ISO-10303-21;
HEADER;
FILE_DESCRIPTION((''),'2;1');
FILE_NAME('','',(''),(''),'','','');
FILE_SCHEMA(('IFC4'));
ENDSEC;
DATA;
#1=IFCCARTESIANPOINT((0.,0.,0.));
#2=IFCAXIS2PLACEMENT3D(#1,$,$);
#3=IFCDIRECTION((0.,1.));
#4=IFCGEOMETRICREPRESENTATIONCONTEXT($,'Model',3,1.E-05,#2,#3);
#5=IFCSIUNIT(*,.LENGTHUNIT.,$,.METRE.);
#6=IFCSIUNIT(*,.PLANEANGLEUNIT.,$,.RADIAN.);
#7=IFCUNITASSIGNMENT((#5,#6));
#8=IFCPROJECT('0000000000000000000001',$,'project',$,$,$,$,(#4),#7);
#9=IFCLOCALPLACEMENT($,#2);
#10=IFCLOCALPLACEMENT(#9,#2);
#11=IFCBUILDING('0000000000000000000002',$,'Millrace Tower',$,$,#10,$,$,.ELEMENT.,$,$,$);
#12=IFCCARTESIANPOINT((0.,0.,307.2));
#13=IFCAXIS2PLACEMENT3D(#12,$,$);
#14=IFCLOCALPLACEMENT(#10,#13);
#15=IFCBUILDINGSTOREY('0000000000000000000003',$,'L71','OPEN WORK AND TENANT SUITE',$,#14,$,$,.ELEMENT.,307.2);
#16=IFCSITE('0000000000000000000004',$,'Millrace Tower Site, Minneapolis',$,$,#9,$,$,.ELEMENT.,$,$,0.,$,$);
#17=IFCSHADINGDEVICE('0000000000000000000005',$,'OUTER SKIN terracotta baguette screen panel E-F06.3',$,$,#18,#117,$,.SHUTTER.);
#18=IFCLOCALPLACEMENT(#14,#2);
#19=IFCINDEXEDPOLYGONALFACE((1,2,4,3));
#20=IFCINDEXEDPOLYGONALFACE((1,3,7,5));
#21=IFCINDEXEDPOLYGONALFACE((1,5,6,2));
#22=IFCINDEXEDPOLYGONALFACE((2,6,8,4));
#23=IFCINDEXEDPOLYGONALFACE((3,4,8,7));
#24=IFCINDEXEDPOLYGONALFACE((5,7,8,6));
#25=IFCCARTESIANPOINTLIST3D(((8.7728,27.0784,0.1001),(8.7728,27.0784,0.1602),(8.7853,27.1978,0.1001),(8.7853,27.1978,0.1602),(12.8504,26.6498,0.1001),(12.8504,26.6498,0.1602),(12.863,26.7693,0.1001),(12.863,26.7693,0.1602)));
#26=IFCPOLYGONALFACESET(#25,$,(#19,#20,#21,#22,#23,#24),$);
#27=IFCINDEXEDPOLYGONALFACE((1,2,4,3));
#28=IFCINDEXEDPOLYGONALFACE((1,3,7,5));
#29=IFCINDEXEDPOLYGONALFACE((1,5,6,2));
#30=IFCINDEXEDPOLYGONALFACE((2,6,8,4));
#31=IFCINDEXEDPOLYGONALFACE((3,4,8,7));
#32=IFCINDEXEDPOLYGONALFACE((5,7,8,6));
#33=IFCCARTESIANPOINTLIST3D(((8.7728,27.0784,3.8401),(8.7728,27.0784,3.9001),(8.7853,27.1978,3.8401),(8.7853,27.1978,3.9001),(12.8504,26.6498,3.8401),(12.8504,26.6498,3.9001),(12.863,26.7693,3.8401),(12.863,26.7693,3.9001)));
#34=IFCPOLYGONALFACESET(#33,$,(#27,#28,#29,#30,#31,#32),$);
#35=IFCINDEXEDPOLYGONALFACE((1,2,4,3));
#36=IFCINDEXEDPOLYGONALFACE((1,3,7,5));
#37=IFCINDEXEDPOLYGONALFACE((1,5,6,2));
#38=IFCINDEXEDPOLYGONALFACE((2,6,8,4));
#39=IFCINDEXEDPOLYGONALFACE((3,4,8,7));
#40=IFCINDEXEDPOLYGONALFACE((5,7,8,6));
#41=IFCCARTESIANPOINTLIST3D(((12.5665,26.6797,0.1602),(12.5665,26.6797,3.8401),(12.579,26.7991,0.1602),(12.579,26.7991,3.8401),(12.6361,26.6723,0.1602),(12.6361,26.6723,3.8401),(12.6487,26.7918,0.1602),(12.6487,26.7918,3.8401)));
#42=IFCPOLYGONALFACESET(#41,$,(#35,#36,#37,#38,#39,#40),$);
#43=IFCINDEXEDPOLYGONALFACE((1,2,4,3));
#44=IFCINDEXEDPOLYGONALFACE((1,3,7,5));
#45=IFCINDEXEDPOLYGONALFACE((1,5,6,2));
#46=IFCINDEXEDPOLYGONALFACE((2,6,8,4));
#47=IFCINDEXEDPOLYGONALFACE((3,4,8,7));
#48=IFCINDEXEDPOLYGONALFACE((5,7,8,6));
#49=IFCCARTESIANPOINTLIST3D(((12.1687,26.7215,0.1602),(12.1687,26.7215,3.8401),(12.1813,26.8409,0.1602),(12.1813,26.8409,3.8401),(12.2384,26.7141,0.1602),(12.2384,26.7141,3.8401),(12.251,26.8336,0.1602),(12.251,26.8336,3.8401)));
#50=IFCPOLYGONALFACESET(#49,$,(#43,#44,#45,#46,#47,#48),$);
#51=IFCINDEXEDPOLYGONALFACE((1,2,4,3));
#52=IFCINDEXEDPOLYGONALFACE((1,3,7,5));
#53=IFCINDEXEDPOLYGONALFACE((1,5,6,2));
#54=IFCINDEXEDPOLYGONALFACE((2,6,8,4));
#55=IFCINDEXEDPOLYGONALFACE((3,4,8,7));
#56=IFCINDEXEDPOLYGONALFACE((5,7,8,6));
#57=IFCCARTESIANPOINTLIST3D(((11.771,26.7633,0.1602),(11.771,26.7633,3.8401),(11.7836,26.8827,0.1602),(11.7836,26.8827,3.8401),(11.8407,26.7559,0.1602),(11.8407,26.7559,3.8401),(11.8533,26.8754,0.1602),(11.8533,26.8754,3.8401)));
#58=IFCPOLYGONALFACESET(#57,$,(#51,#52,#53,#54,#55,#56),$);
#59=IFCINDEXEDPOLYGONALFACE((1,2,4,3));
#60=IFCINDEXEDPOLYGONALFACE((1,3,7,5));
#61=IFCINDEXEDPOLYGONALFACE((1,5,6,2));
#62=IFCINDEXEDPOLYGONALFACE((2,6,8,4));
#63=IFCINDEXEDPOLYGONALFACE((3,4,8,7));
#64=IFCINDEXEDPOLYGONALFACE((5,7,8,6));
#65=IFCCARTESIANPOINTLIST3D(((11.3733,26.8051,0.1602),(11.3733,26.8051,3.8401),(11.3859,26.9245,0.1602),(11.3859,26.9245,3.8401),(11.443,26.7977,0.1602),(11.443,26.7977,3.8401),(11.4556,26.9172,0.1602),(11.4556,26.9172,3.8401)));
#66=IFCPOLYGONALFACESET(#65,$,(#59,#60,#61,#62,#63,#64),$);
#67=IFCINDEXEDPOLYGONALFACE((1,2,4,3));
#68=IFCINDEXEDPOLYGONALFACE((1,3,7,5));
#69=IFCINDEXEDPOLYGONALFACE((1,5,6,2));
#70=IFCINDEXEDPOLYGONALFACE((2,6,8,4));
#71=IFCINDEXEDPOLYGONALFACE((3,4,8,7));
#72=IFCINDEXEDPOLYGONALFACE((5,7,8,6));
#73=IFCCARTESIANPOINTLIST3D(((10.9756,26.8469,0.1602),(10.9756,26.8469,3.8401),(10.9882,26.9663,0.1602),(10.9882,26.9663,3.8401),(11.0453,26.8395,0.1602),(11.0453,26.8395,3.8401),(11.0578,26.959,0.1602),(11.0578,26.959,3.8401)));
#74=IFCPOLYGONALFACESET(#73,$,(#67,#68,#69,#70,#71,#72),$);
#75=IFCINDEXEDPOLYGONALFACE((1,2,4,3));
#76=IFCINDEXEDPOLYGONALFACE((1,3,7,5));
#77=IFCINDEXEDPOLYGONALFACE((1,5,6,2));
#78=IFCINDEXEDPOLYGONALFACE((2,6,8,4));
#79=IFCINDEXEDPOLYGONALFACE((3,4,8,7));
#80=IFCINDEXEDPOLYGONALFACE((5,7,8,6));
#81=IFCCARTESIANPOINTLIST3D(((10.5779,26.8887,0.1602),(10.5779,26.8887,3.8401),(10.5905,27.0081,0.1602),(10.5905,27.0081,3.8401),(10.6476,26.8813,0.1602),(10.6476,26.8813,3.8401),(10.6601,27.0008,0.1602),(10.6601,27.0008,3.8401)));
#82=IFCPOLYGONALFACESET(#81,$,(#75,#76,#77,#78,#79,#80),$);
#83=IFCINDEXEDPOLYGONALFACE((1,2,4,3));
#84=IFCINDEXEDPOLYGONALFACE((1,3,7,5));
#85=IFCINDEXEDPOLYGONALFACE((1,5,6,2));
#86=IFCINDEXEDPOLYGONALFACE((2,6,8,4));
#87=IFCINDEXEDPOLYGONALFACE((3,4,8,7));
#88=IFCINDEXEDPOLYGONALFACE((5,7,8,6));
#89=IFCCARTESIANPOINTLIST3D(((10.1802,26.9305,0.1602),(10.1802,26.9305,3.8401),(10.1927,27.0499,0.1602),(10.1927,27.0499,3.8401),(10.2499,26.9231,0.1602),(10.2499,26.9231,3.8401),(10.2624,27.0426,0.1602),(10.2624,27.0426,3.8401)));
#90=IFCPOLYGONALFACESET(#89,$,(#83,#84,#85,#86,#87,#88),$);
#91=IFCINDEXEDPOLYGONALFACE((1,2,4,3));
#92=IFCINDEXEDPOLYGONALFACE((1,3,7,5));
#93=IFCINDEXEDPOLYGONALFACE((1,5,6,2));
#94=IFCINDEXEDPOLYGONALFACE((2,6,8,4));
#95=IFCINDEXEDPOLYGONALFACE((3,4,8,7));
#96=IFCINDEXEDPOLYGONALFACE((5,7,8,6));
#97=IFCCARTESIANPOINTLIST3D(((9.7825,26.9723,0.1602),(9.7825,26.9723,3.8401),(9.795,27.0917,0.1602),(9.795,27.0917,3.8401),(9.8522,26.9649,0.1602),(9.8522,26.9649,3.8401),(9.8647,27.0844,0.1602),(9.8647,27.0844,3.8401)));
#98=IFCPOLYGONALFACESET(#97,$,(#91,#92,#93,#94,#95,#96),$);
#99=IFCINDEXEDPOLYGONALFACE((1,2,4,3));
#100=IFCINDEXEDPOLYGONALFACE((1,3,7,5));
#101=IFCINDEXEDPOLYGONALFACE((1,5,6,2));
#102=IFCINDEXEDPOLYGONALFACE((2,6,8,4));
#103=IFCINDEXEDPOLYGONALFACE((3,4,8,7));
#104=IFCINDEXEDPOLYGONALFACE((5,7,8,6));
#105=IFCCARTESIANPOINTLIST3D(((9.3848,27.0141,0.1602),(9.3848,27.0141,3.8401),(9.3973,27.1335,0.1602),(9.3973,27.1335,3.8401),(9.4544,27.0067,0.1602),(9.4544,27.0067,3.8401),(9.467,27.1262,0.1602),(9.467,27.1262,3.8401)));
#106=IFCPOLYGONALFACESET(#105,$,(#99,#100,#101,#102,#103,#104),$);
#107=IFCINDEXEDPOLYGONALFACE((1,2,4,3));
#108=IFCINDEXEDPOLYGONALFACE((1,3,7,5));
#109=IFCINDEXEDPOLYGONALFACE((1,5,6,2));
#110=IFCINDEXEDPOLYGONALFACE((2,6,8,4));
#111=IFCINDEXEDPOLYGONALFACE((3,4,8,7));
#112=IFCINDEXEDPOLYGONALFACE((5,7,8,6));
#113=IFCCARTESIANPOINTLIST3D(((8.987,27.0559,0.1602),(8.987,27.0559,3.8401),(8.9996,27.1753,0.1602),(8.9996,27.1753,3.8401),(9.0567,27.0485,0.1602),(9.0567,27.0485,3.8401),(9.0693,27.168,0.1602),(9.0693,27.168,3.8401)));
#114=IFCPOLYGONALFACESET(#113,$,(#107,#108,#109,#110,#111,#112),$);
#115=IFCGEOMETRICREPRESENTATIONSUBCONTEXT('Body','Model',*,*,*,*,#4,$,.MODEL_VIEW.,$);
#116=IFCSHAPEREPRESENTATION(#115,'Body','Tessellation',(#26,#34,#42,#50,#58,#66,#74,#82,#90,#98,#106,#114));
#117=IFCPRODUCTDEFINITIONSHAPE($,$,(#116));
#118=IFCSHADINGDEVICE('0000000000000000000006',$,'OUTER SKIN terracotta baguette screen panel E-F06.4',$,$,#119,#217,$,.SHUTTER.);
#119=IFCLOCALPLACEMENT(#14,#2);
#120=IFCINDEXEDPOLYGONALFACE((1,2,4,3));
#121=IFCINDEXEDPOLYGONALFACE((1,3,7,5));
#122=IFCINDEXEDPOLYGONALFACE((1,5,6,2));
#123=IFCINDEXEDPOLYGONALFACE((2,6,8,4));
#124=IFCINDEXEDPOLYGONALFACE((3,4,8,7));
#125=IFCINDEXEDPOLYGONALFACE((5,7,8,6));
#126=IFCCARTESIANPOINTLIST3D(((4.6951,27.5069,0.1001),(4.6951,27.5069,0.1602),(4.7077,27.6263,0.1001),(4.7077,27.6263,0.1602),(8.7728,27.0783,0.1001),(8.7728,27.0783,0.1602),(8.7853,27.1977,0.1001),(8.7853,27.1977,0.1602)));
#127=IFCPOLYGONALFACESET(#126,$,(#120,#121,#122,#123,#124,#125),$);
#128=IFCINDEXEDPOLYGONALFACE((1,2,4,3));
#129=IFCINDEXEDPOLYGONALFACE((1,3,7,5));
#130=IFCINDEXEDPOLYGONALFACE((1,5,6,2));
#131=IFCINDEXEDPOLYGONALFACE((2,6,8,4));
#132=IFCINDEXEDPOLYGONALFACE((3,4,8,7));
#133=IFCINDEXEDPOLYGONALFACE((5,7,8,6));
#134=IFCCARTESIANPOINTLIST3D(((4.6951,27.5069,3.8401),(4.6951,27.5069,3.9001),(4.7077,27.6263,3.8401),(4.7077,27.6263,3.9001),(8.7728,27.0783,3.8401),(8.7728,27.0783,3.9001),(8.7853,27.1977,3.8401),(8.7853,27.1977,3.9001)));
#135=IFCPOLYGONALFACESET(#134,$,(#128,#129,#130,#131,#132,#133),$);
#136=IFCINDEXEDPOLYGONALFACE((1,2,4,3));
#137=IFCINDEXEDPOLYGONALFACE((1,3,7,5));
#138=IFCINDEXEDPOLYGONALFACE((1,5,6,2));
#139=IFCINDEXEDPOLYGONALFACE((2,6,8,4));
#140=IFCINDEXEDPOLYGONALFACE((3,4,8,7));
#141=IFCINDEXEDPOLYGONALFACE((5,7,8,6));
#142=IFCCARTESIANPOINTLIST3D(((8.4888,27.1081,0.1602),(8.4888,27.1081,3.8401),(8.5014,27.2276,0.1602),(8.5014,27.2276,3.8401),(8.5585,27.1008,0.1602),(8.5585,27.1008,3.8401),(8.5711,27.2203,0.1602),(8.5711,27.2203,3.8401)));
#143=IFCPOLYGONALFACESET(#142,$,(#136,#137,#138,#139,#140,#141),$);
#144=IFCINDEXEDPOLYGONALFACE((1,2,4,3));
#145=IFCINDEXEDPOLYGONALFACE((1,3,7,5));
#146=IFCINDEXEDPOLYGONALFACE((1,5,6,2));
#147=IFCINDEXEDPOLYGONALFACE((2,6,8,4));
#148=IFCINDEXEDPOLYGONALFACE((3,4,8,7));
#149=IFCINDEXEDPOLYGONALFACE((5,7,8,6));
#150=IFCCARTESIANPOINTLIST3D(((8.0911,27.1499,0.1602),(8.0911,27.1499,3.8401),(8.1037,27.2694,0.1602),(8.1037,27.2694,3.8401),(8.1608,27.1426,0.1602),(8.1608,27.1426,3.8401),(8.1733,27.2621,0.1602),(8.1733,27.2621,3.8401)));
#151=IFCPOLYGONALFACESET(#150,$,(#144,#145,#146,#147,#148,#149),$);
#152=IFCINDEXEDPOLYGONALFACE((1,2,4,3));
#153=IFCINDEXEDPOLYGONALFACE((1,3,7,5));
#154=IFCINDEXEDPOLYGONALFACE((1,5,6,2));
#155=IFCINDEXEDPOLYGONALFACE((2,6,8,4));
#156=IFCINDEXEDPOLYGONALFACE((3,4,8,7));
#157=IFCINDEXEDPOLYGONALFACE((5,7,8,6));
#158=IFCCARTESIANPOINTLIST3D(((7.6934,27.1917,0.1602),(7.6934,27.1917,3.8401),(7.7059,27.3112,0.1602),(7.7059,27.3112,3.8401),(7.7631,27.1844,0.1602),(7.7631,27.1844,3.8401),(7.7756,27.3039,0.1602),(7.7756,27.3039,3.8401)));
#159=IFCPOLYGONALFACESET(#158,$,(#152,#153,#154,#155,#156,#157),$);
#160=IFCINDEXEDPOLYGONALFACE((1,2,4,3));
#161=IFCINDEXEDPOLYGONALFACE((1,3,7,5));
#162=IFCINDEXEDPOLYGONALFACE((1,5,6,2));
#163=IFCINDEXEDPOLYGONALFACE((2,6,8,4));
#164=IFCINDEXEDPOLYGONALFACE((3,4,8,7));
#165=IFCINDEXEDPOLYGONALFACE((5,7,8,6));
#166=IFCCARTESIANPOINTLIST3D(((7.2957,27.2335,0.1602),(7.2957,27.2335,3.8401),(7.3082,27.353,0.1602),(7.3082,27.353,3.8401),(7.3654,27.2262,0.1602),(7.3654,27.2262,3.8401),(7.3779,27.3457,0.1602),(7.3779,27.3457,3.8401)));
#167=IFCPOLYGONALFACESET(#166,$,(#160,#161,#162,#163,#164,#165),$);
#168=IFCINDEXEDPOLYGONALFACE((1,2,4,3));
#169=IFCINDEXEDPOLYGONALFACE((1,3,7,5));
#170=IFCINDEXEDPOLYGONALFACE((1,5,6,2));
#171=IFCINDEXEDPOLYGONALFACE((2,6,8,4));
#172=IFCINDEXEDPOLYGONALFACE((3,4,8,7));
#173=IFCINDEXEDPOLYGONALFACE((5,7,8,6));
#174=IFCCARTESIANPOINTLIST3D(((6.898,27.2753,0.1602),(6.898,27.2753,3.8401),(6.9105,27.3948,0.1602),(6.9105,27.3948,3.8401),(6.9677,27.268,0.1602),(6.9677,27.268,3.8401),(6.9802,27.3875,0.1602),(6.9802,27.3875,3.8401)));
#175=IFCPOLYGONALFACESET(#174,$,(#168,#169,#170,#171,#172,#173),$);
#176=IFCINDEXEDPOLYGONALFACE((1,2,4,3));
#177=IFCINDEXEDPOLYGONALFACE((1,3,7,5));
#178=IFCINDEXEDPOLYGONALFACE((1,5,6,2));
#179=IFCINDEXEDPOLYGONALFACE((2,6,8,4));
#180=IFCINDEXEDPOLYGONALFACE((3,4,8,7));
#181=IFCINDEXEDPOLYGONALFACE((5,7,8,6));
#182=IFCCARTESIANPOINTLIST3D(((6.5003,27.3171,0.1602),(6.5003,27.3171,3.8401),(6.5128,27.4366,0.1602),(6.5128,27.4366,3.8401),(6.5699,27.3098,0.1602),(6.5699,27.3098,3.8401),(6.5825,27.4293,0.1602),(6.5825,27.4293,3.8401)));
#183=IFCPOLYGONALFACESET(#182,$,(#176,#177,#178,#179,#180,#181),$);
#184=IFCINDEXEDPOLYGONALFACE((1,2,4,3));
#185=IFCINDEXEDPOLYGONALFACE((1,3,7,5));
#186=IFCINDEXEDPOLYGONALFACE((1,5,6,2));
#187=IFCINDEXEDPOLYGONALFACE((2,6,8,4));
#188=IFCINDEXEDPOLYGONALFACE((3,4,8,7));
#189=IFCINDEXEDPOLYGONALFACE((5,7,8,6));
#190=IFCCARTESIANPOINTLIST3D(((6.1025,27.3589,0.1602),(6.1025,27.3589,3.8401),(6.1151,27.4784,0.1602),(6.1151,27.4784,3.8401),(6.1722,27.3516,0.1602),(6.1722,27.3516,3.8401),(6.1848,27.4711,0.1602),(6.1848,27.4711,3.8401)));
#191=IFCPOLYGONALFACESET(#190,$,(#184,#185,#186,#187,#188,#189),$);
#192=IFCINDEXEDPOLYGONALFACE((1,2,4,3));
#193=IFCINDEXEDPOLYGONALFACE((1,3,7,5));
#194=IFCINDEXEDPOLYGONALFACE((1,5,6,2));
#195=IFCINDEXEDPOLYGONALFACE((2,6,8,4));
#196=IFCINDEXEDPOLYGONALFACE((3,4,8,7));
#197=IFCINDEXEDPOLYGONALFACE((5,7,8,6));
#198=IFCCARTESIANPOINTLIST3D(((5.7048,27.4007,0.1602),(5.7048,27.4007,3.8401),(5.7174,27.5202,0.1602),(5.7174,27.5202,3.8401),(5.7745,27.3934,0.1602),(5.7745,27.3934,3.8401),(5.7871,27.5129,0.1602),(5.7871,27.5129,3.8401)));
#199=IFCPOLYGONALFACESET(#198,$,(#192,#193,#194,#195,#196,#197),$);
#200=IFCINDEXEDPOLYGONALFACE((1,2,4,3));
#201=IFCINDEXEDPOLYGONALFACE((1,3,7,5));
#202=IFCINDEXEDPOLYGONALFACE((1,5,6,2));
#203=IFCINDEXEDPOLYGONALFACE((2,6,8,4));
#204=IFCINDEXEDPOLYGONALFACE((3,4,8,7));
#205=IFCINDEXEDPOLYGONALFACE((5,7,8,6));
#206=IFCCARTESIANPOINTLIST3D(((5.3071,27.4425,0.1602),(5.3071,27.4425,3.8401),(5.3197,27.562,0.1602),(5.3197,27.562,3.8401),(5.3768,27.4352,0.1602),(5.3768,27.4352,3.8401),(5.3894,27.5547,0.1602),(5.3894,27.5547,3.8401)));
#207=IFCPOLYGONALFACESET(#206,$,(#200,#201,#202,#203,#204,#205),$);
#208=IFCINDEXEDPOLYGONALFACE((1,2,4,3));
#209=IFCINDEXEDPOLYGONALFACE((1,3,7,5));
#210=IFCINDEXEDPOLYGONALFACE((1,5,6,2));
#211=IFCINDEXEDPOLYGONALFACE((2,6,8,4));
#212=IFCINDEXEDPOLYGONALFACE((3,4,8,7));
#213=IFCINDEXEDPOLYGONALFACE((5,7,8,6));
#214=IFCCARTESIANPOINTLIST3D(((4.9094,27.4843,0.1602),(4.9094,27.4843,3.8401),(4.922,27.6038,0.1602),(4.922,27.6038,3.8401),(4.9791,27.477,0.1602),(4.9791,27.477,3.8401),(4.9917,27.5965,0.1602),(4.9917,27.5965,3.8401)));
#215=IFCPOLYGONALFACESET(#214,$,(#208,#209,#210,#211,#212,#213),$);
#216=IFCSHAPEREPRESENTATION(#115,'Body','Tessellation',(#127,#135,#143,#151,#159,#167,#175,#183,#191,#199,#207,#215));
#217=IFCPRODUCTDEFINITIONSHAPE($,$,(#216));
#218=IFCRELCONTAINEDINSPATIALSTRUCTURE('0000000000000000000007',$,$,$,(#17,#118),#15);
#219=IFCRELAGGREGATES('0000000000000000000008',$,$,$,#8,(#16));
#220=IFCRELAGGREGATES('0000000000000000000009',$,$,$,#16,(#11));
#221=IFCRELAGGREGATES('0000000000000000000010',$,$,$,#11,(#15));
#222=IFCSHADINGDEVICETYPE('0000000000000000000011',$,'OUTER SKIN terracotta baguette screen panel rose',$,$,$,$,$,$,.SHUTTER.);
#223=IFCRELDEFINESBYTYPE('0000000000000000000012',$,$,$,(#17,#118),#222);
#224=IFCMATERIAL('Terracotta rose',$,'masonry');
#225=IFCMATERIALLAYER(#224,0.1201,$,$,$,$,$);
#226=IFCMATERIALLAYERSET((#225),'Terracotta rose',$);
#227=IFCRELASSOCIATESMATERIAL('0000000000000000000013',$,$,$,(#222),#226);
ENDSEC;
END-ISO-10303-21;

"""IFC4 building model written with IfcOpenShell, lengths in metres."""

from ifc_helpers import new_model, entity, si_unit, direction, frame, frame_2d, origin, place, context, subcontext, project, spatial, rectangle, extrude, source, transform, mapped, material, layer, layer_set, type_object, element, save


model = new_model("IFC4")

# Units and contexts
model_context = context("Model", 3, precision=1e-05, world=origin(), true_north=direction((0.0, 1.0)))
body_context = subcontext(model_context, "Body", "Model", "MODEL_VIEW")
ifc_project = project(units=[si_unit("LENGTHUNIT", "METRE"), si_unit("PLANEANGLEUNIT", "RADIAN")], contexts=[model_context])

# Site, building, storey
site_placement = place(None, origin())
site = spatial("IfcSite", under=ifc_project, at=site_placement, Name="Millrace Tower Site, Minneapolis", CompositionType="ELEMENT", RefElevation=0.0)
building_placement = place(site_placement, origin())
building = spatial("IfcBuilding", under=site, at=building_placement, Name="Millrace Tower", CompositionType="ELEMENT")
storey_placement = place(building_placement, frame((0.0, 0.0, 307.2)))
storey = spatial("IfcBuildingStorey", under=building, at=storey_placement, Name="L71", Description="OPEN WORK AND TENANT SUITE", CompositionType="ELEMENT", Elevation=307.2)

# Shading devices
ifc_material_1 = material(Name="Terracotta rose", Category="masonry")
ifc_layer_1 = layer(ifc_material_1, 0.1201)
ifc_layer_set_1 = layer_set([ifc_layer_1], Name="Terracotta rose")
shading_device_type = type_object("IfcShadingDeviceType", Name="OUTER SKIN terracotta baguette screen panel rose", PredefinedType="SHUTTER", material=ifc_layer_set_1)
cartesian_point = entity("IfcCartesianPoint", [-2.05, 0.0601])
shared_polyline = entity("IfcPolyline", [cartesian_point, entity("IfcCartesianPoint", [2.05, 0.0601]), entity("IfcCartesianPoint", [2.05, -0.0601]), entity("IfcCartesianPoint", [-2.05, -0.0601]), cartesian_point])
shared_shape = source(origin(), body_context, "Body", "SweptSolid", [
    entity("IfcExtrudedAreaSolid", entity("IfcArbitraryClosedProfileDef", "AREA", None, shared_polyline), entity("IfcAxis2Placement3D", entity("IfcCartesianPoint", [0.0, 0.0, 0.0])), entity("IfcDirection", [0.0, 0.0, 1.0]), 0.0601),
    entity("IfcExtrudedAreaSolid", entity("IfcArbitraryClosedProfileDef", "AREA", None, shared_polyline), entity("IfcAxis2Placement3D", entity("IfcCartesianPoint", [0.0, 0.0, 3.74])), entity("IfcDirection", [0.0, 0.0, 1.0]), 0.0601),
    extrude(rectangle(XDim=0.0701, YDim=0.1201, at=frame_2d((-1.7996, 0.0))), frame((0.0, 0.0, 0.0601)), (0.0, 0.0, 1.0), 3.6799),
    extrude(rectangle(XDim=0.0701, YDim=0.1201, at=frame_2d((-1.3997, 0.0))), frame((0.0, 0.0, 0.0601)), (0.0, 0.0, 1.0), 3.6799),
    extrude(rectangle(XDim=0.0701, YDim=0.1201, at=frame_2d((-0.9998, 0.0))), frame((0.0, 0.0, 0.0601)), (0.0, 0.0, 1.0), 3.6799),
    extrude(rectangle(XDim=0.0701, YDim=0.1201, at=frame_2d((-0.5999, 0.0))), frame((0.0, 0.0, 0.0601)), (0.0, 0.0, 1.0), 3.6799),
    extrude(rectangle(XDim=0.0701, YDim=0.1201, at=frame_2d((-0.2, 0.0))), frame((0.0, 0.0, 0.0601)), (0.0, 0.0, 1.0), 3.6799),
    extrude(rectangle(XDim=0.0701, YDim=0.1201, at=frame_2d((0.2, 0.0))), frame((0.0, 0.0, 0.0601)), (0.0, 0.0, 1.0), 3.6799),
    extrude(rectangle(XDim=0.0701, YDim=0.1201, at=frame_2d((0.5999, 0.0))), frame((0.0, 0.0, 0.0601)), (0.0, 0.0, 1.0), 3.6799),
    extrude(rectangle(XDim=0.0701, YDim=0.1201, at=frame_2d((0.9998, 0.0))), frame((0.0, 0.0, 0.0601)), (0.0, 0.0, 1.0), 3.6799),
    extrude(rectangle(XDim=0.0701, YDim=0.1201, at=frame_2d((1.3997, 0.0))), frame((0.0, 0.0, 0.0601)), (0.0, 0.0, 1.0), 3.6799),
    extrude(rectangle(XDim=0.0701, YDim=0.1201, at=frame_2d((1.7996, 0.0))), frame((0.0, 0.0, 0.0601)), (0.0, 0.0, 1.0), 3.6799),
])
for number, where, z_axis, x_axis, name in (
    (1, (10.8179, 26.9238, 0.1001), (0.0, 0.0, 1.0), (-0.994522, 0.104528, 0.0), "OUTER SKIN terracotta baguette screen panel E-F06.3"),
    (2, (6.7402, 27.3523, 0.1001), (0.0, 0.0, 1.0), (-0.994522, 0.104528, 0.0), "OUTER SKIN terracotta baguette screen panel E-F06.4"),
):
    element("IfcShadingDevice", number, at=place(storey_placement, frame(where, z_axis=z_axis, x_axis=x_axis)), inside=storey, type_object=shading_device_type, Name=name, PredefinedType="SHUTTER", context=body_context, shape_type="MappedRepresentation", body=[
        mapped(shared_shape, transform((0.0, 0.0, 0.0), scale=1.0)),
    ])

save(model, "model.ifc")
